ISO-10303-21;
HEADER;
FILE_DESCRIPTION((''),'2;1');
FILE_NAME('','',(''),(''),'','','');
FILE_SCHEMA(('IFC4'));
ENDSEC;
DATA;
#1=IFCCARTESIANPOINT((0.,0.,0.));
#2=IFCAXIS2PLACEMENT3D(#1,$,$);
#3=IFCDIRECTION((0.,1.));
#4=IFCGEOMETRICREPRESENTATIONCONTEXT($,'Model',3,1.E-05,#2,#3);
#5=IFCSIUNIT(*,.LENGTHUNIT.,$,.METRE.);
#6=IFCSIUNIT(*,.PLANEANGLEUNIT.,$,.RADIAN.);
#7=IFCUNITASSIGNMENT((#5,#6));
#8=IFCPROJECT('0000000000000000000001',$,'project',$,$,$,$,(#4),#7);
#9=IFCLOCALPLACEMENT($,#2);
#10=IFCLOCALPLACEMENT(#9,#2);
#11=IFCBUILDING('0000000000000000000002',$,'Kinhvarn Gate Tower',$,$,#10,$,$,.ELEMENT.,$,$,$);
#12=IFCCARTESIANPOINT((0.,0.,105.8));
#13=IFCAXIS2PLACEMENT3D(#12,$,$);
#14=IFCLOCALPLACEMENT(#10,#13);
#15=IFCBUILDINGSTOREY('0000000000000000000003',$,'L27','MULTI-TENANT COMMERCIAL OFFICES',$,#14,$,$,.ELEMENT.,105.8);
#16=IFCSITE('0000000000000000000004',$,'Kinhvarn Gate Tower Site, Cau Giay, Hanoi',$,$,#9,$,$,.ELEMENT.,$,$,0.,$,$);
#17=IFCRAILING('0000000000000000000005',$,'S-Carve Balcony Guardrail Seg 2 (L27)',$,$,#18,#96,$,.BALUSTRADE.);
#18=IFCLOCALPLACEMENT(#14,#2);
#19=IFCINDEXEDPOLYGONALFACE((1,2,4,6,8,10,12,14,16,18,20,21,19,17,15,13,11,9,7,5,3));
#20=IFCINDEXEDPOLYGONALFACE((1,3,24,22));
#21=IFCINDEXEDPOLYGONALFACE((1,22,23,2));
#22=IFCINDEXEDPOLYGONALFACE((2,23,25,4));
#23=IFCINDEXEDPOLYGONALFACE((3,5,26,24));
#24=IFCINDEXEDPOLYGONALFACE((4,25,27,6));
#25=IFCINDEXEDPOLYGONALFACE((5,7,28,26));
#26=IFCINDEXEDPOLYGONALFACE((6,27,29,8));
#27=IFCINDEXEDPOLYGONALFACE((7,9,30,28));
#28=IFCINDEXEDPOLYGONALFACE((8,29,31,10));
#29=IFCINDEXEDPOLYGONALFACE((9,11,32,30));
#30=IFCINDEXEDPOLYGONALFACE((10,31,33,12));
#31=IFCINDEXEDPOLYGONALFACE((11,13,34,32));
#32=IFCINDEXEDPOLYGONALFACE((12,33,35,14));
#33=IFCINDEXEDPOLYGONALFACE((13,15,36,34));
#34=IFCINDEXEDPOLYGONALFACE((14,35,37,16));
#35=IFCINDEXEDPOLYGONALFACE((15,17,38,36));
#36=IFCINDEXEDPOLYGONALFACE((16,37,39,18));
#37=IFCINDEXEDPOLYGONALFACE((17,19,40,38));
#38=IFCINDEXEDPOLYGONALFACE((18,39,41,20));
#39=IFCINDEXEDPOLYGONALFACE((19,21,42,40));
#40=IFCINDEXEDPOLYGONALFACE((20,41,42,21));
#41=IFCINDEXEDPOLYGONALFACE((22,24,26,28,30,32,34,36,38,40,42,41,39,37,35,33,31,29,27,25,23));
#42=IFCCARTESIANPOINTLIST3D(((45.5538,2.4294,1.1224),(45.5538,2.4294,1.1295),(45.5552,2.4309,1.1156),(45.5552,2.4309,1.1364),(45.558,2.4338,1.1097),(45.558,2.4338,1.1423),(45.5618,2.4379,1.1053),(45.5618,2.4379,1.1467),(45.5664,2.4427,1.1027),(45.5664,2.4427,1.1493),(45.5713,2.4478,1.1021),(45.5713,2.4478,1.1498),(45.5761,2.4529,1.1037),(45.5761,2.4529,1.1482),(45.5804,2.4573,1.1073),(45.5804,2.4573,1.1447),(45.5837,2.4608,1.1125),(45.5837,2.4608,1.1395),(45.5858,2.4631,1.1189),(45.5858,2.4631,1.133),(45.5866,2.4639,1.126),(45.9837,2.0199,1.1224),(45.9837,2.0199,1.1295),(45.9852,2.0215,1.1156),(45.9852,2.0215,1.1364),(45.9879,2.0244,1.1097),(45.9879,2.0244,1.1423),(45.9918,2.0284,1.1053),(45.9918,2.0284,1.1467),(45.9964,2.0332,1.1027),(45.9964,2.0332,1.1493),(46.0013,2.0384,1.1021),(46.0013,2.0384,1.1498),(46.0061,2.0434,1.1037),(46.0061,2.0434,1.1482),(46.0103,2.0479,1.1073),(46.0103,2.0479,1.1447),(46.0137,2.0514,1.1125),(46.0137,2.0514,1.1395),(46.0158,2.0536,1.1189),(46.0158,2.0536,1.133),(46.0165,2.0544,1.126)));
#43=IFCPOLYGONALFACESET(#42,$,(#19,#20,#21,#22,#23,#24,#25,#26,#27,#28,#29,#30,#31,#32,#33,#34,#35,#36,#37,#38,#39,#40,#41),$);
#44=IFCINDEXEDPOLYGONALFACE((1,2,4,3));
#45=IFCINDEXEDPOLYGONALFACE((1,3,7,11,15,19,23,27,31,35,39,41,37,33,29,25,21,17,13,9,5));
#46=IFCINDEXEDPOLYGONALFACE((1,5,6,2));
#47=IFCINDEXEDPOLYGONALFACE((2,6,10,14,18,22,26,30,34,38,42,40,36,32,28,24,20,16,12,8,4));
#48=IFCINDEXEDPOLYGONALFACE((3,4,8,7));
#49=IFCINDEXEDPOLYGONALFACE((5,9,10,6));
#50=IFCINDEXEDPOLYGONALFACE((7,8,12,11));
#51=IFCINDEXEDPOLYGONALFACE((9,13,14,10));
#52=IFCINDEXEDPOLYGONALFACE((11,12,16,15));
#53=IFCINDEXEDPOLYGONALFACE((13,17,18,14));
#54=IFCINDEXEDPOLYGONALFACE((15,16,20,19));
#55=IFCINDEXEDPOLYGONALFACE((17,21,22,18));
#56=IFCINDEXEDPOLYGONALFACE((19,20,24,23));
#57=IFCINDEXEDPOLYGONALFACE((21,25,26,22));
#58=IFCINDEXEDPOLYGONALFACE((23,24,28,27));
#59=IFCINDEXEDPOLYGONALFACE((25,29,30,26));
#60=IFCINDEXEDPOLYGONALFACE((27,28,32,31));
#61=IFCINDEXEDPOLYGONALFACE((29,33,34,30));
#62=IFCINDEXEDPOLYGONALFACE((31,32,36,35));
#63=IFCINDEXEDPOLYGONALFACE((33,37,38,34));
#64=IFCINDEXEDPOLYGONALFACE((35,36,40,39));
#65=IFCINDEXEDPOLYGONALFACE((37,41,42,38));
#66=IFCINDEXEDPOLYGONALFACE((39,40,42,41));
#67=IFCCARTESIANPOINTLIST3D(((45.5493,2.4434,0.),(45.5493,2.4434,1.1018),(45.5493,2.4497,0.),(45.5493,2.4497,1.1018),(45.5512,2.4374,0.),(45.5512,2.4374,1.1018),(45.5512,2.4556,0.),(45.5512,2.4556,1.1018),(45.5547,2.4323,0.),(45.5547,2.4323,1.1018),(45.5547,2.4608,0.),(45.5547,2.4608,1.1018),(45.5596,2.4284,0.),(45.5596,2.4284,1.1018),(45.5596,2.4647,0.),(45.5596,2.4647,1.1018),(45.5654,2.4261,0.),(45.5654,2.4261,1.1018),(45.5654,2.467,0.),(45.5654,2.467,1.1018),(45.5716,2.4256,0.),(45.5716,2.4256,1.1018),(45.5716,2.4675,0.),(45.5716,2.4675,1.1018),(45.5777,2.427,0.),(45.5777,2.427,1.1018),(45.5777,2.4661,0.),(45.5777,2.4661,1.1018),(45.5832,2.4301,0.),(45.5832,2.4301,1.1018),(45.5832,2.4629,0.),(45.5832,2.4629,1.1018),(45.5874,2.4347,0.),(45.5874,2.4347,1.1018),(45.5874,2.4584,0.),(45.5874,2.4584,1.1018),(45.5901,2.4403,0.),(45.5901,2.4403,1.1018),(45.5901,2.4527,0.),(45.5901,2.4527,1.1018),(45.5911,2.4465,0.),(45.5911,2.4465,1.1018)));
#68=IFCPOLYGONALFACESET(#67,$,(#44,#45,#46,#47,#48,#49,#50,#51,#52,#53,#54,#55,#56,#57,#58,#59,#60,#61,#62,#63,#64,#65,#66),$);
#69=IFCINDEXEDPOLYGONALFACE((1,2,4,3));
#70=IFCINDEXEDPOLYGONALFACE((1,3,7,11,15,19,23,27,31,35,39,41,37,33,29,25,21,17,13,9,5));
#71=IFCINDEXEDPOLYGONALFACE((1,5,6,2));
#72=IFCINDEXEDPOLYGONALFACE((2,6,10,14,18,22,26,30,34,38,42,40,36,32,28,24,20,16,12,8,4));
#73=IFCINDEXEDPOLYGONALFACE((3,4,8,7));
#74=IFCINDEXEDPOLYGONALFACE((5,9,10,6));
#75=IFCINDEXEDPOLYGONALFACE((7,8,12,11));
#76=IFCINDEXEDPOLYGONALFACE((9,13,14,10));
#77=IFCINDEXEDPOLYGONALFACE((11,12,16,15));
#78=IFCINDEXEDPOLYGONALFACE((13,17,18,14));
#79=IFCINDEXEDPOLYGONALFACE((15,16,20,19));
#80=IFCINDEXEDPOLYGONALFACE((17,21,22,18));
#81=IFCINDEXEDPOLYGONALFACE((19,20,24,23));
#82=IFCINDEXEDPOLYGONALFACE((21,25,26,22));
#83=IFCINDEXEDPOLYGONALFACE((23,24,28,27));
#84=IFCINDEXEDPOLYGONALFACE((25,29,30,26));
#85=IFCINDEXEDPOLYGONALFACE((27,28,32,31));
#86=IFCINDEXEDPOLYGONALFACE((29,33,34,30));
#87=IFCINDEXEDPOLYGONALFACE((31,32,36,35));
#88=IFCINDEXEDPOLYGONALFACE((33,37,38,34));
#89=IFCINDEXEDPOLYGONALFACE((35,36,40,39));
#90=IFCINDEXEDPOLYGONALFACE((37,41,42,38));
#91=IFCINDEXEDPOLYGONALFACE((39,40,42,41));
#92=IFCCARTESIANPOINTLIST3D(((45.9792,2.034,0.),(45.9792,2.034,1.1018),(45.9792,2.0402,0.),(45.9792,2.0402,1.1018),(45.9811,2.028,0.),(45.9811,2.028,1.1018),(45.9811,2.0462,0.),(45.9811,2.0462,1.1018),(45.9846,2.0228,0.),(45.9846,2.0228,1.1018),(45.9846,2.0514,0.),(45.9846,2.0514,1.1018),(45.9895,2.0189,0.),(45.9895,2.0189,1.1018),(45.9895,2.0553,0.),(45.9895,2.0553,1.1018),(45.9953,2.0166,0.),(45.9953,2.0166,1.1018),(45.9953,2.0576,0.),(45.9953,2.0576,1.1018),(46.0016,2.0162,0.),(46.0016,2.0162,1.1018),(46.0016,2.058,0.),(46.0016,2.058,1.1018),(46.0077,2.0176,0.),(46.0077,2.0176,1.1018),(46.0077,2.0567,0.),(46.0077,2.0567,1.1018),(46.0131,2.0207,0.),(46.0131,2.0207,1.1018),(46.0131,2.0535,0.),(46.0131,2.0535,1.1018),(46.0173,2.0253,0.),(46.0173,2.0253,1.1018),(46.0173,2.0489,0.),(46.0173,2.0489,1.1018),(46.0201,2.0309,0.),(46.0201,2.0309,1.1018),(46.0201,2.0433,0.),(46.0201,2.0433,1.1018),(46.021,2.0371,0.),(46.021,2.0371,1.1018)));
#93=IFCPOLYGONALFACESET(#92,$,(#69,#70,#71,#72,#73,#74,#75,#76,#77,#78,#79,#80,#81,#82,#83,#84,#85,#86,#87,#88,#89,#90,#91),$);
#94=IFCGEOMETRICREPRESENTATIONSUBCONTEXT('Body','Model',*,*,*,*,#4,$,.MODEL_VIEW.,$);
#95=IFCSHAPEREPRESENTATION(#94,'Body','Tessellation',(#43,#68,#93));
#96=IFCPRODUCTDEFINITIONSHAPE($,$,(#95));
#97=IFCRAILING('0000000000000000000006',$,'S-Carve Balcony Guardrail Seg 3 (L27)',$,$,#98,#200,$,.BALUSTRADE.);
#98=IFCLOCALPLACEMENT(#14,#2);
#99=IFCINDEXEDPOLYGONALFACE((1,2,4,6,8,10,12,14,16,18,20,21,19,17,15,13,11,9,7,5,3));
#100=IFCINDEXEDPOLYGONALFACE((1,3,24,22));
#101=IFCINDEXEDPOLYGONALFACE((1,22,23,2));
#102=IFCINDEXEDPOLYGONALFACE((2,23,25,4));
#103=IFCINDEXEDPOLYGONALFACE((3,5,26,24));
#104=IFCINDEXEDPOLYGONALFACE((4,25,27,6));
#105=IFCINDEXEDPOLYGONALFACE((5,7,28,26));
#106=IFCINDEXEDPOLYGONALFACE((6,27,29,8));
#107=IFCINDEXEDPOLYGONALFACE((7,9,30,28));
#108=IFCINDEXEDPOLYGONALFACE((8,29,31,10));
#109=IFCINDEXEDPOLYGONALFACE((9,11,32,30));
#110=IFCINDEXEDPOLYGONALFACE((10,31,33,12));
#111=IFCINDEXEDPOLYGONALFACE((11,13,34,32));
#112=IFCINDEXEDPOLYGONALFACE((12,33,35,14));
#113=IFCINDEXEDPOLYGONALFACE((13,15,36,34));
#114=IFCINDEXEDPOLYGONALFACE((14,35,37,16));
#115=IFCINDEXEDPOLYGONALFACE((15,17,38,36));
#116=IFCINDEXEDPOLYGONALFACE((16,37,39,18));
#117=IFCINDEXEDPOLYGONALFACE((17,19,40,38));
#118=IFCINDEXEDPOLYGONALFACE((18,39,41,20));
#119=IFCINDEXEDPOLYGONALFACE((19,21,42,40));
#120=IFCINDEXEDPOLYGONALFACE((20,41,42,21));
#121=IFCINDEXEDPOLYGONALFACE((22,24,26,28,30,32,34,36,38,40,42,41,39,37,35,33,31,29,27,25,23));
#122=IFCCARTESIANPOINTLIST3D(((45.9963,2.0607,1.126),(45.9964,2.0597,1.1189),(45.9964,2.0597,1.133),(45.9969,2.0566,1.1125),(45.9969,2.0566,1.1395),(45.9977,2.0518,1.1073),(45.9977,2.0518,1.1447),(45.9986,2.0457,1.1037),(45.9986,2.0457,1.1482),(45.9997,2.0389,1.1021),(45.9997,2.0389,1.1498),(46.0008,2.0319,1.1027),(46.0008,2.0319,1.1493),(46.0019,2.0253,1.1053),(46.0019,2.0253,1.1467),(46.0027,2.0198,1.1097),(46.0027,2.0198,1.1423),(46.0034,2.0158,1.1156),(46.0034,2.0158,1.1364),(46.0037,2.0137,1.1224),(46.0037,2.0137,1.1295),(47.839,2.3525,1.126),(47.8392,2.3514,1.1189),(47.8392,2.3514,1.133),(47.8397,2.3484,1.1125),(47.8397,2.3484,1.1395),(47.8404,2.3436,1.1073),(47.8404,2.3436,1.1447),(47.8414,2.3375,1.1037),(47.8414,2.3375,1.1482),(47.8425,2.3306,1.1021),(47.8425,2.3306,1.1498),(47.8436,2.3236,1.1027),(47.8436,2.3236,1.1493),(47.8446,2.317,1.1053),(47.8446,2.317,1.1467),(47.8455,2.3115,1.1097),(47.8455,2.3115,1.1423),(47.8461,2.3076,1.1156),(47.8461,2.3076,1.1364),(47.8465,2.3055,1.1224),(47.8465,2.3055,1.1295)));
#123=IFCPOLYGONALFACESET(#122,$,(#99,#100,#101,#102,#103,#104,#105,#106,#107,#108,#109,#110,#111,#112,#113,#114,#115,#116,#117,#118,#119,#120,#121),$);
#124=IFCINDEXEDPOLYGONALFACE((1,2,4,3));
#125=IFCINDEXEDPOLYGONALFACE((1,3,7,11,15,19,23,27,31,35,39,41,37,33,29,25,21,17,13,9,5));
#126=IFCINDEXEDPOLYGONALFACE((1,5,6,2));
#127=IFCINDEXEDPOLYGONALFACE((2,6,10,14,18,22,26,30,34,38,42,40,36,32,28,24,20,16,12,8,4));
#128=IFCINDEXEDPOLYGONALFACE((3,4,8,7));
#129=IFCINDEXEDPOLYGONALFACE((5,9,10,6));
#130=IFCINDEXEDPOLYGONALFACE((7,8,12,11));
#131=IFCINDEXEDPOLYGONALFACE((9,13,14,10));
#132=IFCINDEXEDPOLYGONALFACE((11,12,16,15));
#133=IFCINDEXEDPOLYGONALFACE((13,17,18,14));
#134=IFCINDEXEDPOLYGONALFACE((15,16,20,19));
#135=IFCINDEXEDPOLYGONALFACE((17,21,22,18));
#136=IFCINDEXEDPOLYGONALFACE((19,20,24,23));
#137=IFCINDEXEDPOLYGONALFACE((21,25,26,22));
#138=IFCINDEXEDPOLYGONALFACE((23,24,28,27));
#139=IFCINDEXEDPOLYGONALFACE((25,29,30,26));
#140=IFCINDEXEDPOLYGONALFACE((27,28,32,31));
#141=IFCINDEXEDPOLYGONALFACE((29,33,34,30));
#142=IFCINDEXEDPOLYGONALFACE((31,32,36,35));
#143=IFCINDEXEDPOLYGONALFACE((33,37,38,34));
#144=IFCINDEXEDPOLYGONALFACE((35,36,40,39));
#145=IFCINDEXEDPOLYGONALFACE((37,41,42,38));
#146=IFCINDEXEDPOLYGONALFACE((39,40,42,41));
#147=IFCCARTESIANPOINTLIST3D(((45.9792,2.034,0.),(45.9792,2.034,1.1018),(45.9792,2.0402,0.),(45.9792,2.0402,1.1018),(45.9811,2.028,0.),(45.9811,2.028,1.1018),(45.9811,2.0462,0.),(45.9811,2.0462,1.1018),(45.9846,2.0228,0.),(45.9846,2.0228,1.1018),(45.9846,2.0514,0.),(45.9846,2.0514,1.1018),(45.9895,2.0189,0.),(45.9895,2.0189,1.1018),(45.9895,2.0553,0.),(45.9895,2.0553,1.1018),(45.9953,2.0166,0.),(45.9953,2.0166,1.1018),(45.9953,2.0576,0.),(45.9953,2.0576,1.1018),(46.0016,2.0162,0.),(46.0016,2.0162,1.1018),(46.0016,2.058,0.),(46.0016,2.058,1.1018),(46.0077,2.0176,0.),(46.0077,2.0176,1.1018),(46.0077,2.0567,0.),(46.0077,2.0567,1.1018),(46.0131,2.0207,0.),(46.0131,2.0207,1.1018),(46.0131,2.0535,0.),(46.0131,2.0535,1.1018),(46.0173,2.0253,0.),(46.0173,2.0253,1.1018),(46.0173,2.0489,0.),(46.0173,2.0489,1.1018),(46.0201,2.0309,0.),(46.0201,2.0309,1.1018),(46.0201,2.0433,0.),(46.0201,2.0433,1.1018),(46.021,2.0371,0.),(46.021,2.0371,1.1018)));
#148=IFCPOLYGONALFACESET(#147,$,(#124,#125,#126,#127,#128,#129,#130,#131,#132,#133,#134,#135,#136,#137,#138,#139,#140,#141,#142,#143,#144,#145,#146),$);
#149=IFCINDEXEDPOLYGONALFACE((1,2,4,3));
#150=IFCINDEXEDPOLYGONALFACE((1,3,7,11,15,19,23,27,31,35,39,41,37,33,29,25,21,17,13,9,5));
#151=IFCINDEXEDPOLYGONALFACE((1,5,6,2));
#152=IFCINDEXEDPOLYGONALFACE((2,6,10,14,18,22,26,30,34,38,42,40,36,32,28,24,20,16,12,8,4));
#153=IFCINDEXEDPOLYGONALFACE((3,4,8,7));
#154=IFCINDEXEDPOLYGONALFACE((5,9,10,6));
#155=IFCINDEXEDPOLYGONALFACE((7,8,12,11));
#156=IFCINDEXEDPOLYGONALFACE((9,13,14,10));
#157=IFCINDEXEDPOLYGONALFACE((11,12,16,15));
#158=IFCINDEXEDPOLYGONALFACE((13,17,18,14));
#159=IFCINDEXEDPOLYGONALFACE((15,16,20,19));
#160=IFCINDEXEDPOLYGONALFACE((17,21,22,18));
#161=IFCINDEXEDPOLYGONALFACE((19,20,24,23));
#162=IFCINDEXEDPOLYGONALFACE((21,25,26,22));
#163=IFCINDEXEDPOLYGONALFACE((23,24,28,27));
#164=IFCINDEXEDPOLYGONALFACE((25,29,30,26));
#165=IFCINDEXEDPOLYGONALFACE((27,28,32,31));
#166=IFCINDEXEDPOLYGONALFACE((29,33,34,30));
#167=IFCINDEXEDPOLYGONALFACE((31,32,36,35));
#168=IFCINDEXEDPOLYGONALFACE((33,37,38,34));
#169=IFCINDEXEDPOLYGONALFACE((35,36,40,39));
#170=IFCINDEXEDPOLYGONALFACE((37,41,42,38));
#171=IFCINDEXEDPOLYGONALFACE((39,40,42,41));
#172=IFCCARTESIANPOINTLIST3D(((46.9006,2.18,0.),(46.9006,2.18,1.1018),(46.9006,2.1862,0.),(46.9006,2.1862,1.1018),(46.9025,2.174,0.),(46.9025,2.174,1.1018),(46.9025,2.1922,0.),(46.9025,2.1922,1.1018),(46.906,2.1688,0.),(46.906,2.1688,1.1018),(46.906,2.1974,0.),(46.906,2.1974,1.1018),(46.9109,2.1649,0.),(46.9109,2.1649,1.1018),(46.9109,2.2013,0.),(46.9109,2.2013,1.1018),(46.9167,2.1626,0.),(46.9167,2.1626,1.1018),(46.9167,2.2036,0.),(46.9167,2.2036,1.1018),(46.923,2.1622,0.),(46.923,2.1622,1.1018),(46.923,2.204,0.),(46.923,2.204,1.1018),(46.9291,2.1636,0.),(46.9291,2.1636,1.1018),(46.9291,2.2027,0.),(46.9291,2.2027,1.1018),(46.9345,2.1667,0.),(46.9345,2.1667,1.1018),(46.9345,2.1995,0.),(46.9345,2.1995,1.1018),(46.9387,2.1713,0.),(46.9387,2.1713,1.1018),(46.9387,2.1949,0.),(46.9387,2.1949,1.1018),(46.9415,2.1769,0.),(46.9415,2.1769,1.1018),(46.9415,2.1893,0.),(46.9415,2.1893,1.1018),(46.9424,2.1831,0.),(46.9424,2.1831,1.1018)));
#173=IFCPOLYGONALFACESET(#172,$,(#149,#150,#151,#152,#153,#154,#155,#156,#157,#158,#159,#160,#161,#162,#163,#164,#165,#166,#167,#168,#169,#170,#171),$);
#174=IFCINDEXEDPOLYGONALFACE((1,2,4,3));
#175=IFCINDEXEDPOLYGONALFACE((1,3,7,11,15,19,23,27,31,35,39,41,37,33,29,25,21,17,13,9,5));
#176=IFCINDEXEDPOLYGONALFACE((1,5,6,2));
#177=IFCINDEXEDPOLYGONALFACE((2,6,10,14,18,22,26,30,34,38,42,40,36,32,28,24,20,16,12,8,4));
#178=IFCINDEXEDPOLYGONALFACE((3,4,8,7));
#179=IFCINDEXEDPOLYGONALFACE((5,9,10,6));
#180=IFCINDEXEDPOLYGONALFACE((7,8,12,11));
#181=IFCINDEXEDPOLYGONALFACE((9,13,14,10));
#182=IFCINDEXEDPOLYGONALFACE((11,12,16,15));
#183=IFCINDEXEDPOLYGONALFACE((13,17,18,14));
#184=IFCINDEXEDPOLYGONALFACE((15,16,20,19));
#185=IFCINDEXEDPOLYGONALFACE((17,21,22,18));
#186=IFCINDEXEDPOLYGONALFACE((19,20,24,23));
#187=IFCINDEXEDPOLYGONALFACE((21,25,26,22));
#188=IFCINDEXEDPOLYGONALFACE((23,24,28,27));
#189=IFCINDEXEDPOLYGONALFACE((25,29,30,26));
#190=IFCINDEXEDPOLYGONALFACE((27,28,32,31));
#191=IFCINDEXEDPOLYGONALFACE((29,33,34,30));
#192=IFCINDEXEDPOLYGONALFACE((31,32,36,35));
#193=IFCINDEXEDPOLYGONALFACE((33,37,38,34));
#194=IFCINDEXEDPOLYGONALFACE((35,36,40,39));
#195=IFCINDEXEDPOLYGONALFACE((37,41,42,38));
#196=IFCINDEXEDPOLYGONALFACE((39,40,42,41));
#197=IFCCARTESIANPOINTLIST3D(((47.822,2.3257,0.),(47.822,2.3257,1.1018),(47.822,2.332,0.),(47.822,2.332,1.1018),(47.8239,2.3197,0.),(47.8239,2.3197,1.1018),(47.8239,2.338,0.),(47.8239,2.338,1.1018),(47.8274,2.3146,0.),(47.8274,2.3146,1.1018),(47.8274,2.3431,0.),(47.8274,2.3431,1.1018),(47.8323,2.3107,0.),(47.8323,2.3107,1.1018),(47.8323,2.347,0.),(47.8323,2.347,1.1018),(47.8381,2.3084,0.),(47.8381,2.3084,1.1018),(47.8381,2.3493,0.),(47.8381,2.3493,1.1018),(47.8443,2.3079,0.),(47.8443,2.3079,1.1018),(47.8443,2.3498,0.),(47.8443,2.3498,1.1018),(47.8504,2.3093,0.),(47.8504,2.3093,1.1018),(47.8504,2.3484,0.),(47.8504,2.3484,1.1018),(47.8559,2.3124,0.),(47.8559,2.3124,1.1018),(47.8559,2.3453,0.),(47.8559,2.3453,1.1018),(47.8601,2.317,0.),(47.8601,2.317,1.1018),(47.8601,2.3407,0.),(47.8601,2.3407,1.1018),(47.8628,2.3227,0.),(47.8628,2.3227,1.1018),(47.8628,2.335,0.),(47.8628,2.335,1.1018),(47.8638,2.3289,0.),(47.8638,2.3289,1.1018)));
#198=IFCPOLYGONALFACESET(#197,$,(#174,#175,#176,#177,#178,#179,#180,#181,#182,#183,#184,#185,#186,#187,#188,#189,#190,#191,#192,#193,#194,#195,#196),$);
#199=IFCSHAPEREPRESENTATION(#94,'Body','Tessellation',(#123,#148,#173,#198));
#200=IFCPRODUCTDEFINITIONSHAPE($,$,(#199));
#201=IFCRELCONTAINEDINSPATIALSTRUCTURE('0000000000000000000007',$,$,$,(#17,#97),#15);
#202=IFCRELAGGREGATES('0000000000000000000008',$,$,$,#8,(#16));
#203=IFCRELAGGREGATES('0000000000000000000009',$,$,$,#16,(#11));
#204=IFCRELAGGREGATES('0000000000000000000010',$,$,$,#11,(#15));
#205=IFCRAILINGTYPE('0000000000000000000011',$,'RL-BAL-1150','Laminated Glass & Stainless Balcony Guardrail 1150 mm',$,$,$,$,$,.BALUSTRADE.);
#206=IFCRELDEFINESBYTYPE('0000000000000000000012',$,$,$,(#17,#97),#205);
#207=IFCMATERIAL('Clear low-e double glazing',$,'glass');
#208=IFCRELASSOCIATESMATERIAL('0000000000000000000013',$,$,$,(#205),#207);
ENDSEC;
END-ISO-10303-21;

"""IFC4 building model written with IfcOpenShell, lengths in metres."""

from ifc_helpers import new_model, si_unit, direction, frame, origin, origin_2d, place, context, subcontext, project, spatial, circle, extrude, material, type_object, element, save


model = new_model("IFC4")

# Units and contexts
model_context = context("Model", 3, precision=1e-05, world=origin(), true_north=direction((0.0, 1.0)))
body_context = subcontext(model_context, "Body", "Model", "MODEL_VIEW")
ifc_project = project(units=[si_unit("LENGTHUNIT", "METRE"), si_unit("PLANEANGLEUNIT", "RADIAN")], contexts=[model_context])

# Site, building, storey
site_placement = place(None, origin())
site = spatial("IfcSite", under=ifc_project, at=site_placement, Name="Kinhvarn Gate Tower Site, Cau Giay, Hanoi", CompositionType="ELEMENT", RefElevation=0.0)
building_placement = place(site_placement, origin())
building = spatial("IfcBuilding", under=site, at=building_placement, Name="Kinhvarn Gate Tower", CompositionType="ELEMENT")
storey_placement = place(building_placement, frame((0.0, 0.0, 105.8)))
storey = spatial("IfcBuildingStorey", under=building, at=storey_placement, Name="L27", Description="MULTI-TENANT COMMERCIAL OFFICES", CompositionType="ELEMENT", Elevation=105.8)

# Shared definitions
ifc_material_1 = material(Name="Clear low-e double glazing", Category="glass")

# Railings
railing_type = type_object("IfcRailingType", Name="RL-BAL-1150", Description="Laminated Glass & Stainless Balcony Guardrail 1150 mm", PredefinedType="BALUSTRADE", material=ifc_material_1)
railing_1_placement = place(storey_placement, frame((45.5701, 2.4465, 0.0)))
element("IfcRailing", 1, at=railing_1_placement, inside=storey, type_object=railing_type, Name="S-Carve Balcony Guardrail Seg 2 (L27)", PredefinedType="BALUSTRADE", context=body_context, shape_type="SweptSolid", body=[
    extrude(circle(Radius=0.0239, at=origin_2d()), frame((0.0, 0.0, 1.126), z_axis=(0.724167, -0.689624, 0.0), x_axis=(0.689624, 0.724167, 0.0)), (0.0, 0.0, 1.0), 0.5938),
    extrude(circle(Radius=0.021, at=origin_2d()), origin(), (0.0, 0.0, 1.0), 1.1018),
    extrude(circle(Radius=0.021, at=origin_2d()), frame((0.4299, -0.4094, 0.0)), (0.0, 0.0, 1.0), 1.1018),
])
railing_2_placement = place(storey_placement, frame((46.0, 2.0371, 0.0)))
element("IfcRailing", 2, at=railing_2_placement, inside=storey, type_object=railing_type, Name="S-Carve Balcony Guardrail Seg 3 (L27)", PredefinedType="BALUSTRADE", context=body_context, shape_type="SweptSolid", body=[
    extrude(circle(Radius=0.0239, at=origin_2d()), frame((0.0, 0.0, 1.126), z_axis=(0.987698, 0.156372, 0.0), x_axis=(-0.156372, 0.987698, 0.0)), (0.0, 0.0, 1.0), 1.8657),
    extrude(circle(Radius=0.021, at=origin_2d()), origin(), (0.0, 0.0, 1.0), 1.1018),
    extrude(circle(Radius=0.021, at=origin_2d()), frame((0.9214, 0.146, 0.0)), (0.0, 0.0, 1.0), 1.1018),
    extrude(circle(Radius=0.021, at=origin_2d()), frame((1.8428, 0.2917, 0.0)), (0.0, 0.0, 1.0), 1.1018),
])

save(model, "model.ifc")
